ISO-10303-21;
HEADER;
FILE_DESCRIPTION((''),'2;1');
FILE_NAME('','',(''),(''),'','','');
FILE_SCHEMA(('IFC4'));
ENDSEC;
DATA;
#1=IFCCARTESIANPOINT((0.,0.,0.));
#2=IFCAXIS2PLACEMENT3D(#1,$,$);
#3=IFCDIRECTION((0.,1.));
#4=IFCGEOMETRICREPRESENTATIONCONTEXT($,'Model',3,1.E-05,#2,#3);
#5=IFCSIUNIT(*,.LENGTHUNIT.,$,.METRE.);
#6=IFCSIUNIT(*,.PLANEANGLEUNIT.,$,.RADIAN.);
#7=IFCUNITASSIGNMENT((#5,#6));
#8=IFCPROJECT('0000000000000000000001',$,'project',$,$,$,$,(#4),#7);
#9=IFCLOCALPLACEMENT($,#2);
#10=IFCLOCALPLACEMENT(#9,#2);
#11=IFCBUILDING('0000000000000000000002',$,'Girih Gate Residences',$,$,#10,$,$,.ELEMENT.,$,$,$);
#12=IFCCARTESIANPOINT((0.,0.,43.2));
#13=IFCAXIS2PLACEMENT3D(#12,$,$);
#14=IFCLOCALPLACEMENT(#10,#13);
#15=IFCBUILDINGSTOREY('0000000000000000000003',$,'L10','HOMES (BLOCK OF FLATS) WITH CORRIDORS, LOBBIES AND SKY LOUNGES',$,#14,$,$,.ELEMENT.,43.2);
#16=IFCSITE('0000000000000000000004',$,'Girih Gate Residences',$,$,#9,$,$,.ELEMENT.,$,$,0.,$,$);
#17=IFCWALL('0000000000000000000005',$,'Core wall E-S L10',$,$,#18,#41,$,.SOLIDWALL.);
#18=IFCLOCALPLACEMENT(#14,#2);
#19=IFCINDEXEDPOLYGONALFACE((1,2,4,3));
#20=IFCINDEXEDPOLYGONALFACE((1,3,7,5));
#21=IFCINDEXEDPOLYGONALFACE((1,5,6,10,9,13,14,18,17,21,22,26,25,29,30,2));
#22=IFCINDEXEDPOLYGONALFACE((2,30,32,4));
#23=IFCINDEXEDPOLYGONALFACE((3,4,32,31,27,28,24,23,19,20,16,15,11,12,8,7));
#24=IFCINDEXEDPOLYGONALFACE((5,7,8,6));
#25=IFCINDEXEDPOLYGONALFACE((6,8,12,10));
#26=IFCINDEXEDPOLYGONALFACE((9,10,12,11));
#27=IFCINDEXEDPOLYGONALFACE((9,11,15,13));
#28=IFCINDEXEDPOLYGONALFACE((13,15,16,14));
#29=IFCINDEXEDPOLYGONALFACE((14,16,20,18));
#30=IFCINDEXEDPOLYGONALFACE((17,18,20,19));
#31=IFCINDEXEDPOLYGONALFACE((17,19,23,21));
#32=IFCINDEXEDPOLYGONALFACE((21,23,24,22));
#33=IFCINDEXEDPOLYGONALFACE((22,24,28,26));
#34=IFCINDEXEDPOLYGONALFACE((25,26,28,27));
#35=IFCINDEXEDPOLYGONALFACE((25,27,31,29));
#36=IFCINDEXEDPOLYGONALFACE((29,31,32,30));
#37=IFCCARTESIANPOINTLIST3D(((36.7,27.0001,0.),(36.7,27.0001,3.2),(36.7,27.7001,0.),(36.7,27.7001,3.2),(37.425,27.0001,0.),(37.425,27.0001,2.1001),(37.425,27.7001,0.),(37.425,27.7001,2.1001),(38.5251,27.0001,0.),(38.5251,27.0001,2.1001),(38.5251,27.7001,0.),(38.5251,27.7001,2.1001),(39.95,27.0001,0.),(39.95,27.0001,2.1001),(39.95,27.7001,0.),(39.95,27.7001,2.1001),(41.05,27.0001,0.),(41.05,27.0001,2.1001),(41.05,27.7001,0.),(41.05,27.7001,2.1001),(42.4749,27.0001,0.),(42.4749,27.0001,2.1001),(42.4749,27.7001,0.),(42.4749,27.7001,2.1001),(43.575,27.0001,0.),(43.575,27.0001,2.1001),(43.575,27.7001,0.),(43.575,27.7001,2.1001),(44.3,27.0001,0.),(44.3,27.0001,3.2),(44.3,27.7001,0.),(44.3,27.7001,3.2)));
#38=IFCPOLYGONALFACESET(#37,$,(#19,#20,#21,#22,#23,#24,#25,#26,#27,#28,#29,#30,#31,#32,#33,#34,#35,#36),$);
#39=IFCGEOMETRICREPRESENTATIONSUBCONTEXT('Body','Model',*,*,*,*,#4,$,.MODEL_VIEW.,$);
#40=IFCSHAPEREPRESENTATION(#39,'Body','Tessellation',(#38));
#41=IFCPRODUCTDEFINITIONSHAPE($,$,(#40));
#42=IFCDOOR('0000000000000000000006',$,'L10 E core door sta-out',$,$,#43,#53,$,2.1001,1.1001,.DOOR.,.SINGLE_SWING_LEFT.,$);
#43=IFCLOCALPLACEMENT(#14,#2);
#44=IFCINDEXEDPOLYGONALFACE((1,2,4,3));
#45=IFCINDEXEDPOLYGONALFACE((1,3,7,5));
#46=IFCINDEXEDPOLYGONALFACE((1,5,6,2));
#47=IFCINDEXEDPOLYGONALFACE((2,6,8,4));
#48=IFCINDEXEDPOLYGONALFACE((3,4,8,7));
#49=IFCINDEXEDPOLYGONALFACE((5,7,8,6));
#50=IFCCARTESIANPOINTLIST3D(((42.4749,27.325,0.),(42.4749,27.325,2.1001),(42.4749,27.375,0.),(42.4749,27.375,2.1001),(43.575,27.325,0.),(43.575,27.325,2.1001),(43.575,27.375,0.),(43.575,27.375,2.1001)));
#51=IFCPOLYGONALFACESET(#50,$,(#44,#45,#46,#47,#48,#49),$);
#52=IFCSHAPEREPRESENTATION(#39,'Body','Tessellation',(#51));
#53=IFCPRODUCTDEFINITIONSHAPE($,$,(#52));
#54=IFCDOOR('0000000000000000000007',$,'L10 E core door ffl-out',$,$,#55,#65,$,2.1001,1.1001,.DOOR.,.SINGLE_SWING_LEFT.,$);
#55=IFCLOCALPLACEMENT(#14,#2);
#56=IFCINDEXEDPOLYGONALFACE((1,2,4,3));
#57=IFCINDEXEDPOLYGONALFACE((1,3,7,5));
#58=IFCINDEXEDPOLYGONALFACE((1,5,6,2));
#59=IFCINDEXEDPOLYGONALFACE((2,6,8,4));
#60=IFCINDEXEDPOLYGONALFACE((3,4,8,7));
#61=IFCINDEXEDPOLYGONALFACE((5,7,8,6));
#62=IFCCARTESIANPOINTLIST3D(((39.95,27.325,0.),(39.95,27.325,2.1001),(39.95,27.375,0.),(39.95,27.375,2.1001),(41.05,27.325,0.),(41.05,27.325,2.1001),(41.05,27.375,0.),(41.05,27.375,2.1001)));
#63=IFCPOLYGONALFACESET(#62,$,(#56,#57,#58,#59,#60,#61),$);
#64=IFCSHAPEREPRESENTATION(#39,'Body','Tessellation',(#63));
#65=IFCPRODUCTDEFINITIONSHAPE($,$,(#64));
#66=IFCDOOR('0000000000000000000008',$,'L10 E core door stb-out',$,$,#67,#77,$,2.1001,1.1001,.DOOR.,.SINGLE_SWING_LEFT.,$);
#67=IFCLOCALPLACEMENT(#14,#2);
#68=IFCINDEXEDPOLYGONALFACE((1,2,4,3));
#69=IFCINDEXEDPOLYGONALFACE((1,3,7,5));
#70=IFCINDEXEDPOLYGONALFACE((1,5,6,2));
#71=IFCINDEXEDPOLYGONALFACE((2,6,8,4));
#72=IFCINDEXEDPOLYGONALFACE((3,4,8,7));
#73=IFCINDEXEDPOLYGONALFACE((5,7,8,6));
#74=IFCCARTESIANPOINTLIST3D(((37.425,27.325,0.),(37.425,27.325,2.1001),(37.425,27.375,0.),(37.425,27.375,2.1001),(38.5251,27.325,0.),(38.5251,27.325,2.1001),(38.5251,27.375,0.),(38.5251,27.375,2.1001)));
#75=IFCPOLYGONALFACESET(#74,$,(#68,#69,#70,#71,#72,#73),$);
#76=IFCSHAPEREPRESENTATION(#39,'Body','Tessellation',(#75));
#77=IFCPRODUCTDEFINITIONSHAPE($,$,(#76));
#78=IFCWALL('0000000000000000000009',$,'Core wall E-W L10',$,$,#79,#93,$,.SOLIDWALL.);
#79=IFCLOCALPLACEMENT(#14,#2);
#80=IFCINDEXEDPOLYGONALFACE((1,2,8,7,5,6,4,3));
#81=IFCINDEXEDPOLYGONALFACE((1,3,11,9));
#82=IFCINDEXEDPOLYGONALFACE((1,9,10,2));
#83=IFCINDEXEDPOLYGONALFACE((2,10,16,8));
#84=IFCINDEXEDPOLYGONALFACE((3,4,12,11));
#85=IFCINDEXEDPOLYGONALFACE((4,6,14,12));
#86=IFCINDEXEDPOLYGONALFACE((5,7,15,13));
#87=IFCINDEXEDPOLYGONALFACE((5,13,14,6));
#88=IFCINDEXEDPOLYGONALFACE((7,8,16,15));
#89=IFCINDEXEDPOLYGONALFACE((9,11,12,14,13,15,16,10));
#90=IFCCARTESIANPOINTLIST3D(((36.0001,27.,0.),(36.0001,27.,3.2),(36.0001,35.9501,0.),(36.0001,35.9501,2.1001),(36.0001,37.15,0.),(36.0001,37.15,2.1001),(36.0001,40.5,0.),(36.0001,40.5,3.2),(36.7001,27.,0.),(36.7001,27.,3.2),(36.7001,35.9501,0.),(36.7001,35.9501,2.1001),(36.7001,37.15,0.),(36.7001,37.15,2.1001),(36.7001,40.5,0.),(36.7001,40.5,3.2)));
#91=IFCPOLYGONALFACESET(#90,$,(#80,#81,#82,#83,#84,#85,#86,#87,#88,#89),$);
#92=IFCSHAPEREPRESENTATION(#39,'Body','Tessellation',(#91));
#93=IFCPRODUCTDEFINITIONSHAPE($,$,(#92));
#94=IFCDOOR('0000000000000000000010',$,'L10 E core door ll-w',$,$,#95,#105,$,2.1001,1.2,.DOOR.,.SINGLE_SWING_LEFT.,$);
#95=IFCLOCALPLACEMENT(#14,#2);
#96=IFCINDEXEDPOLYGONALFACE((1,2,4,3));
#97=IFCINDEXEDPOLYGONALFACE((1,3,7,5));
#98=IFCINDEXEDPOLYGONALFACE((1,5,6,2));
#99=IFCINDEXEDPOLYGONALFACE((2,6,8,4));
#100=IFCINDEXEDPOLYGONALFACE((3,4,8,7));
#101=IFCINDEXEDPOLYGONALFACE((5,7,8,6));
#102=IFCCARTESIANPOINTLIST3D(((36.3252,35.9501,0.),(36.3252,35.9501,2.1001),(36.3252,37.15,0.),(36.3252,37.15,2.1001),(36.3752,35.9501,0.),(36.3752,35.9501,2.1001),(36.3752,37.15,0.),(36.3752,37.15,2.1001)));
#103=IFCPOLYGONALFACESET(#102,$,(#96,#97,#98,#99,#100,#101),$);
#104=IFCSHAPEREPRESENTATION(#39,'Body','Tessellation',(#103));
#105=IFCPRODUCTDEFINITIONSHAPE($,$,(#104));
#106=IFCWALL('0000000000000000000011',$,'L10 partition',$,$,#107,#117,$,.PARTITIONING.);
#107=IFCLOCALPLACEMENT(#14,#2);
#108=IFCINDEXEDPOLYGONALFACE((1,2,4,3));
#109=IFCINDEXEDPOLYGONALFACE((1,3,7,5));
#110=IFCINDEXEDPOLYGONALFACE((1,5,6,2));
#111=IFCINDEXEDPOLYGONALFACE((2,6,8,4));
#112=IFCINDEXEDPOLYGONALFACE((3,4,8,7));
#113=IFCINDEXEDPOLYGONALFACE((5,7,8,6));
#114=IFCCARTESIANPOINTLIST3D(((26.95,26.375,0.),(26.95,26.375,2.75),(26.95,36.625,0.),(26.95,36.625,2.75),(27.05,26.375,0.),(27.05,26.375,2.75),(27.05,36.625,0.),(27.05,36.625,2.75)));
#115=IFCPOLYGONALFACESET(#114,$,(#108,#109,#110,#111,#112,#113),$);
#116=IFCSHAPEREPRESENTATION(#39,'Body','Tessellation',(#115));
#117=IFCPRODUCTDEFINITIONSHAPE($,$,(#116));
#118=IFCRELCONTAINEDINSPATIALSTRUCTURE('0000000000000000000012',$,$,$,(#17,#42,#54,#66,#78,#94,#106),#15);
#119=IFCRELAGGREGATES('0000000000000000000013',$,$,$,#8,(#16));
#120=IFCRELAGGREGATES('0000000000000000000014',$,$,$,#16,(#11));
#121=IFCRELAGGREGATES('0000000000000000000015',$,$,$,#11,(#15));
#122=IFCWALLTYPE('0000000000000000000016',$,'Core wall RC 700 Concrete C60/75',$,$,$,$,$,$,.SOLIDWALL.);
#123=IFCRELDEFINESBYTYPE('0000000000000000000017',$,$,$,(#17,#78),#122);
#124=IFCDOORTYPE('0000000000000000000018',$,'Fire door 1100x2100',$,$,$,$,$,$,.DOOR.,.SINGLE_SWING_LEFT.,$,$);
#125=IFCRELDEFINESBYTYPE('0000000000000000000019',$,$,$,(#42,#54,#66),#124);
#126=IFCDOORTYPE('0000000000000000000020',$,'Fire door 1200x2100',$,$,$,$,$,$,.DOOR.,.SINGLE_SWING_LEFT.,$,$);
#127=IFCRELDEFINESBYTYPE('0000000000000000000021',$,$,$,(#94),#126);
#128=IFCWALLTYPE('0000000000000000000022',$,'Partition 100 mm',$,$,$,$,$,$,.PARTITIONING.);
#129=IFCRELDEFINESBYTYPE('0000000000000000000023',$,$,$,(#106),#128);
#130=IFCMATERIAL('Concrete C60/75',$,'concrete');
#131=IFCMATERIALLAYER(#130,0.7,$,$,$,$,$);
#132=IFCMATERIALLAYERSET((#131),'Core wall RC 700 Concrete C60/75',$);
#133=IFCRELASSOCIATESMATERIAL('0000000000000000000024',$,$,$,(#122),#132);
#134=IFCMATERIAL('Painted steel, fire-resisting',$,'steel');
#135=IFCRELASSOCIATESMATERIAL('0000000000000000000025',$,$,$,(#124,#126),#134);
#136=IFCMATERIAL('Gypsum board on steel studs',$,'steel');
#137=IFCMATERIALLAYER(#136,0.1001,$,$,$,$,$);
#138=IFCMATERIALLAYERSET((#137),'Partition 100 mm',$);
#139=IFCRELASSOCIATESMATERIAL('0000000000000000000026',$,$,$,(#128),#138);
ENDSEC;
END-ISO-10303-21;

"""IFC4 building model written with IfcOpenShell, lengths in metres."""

from ifc_helpers import new_model, si_unit, direction, frame, frame_2d, origin, place, context, subcontext, project, spatial, rectangle, extrude, material, layer, layer_set, type_object, element, fill, save


model = new_model("IFC4")

# Units and contexts
model_context = context("Model", 3, precision=1e-05, world=origin(), true_north=direction((0.0, 1.0)))
body_context = subcontext(model_context, "Body", "Model", "MODEL_VIEW")
ifc_project = project(units=[si_unit("LENGTHUNIT", "METRE"), si_unit("PLANEANGLEUNIT", "RADIAN")], contexts=[model_context])

# Site, building, storey
site_placement = place(None, origin())
site = spatial("IfcSite", under=ifc_project, at=site_placement, Name="Girih Gate Residences", CompositionType="ELEMENT", RefElevation=0.0)
building_placement = place(site_placement, origin())
building = spatial("IfcBuilding", under=site, at=building_placement, Name="Girih Gate Residences", CompositionType="ELEMENT")
storey_placement = place(building_placement, frame((0.0, 0.0, 43.2)))
storey = spatial("IfcBuildingStorey", under=building, at=storey_placement, Name="L10", Description="HOMES (BLOCK OF FLATS) WITH CORRIDORS, LOBBIES AND SKY LOUNGES", CompositionType="ELEMENT", Elevation=43.2)

# Shared definitions
ifc_material_1 = material(Name="Concrete C60/75", Category="concrete")

# Shared definitions
ifc_material_2 = material(Name="Gypsum board on steel studs", Category="steel")

# Wall, openings, doors
ifc_layer_1 = layer(ifc_material_1, 0.7)
ifc_layer_set_1 = layer_set([ifc_layer_1], Name="Core wall RC 700 Concrete C60/75")
wall_type_1 = type_object("IfcWallType", Name="Core wall RC 700 Concrete C60/75", PredefinedType="SOLIDWALL", material=ifc_layer_set_1)
wall_1_placement = place(storey_placement, frame((36.7, 27.3501, 0.0), z_axis=(0.0, 0.0, 1.0), x_axis=(1.0, 0.0, 0.0)))
wall_1 = element("IfcWall", 1, at=wall_1_placement, inside=storey, type_object=wall_type_1, Name="Core wall E-S L10", PredefinedType="SOLIDWALL", context=body_context, shape_type="SweptSolid", body=[
    extrude(rectangle(XDim=7.6001, YDim=0.7, at=frame_2d((3.8, 0.0))), origin(), (0.0, 0.0, 1.0), 3.2),
])
opening_1_placement = place(wall_1_placement, frame((5.7749, 0.0, 0.0)))
opening_1 = element("IfcOpeningElement", 2, at=opening_1_placement, cuts=wall_1, PredefinedType="OPENING", context=body_context, shape_type="SweptSolid", body=[
    extrude(rectangle(XDim=1.1001, YDim=2.1001, at=frame_2d((0.55, 1.05))), frame((0.0, 0.3599, 0.0), z_axis=(0.0, -1.0, 0.0), x_axis=(1.0, 0.0, 0.0)), (0.0, 0.0, 1.0), 0.72),
])
opening_2_placement = place(wall_1_placement, frame((3.25, 0.0, 0.0)))
opening_2 = element("IfcOpeningElement", 3, at=opening_2_placement, cuts=wall_1, PredefinedType="OPENING", context=body_context, shape_type="SweptSolid", body=[
    extrude(rectangle(XDim=1.1001, YDim=2.1001, at=frame_2d((0.55, 1.05))), frame((0.0, 0.3599, 0.0), z_axis=(0.0, -1.0, 0.0), x_axis=(1.0, 0.0, 0.0)), (0.0, 0.0, 1.0), 0.72),
])
opening_3_placement = place(wall_1_placement, frame((0.7251, 0.0, 0.0)))
opening_3 = element("IfcOpeningElement", 4, at=opening_3_placement, cuts=wall_1, PredefinedType="OPENING", context=body_context, shape_type="SweptSolid", body=[
    extrude(rectangle(XDim=1.1001, YDim=2.1001, at=frame_2d((0.55, 1.05))), frame((0.0, 0.3599, 0.0), z_axis=(0.0, -1.0, 0.0), x_axis=(1.0, 0.0, 0.0)), (0.0, 0.0, 1.0), 0.72),
])
ifc_material_3 = material(Name="Painted steel, fire-resisting", Category="steel")
door_type_1 = type_object("IfcDoorType", Name="Fire door 1100x2100", OperationType="SINGLE_SWING_LEFT", PredefinedType="DOOR", material=ifc_material_3)
door_1_placement = place(opening_1_placement, origin())
door_1 = element("IfcDoor", 5, at=door_1_placement, inside=storey, type_object=door_type_1, Name="L10 E core door sta-out", OperationType="SINGLE_SWING_LEFT", OverallHeight=2.1001, OverallWidth=1.1001, PredefinedType="DOOR", context=body_context, shape_type="SweptSolid", body=[
    extrude(rectangle(XDim=1.1001, YDim=2.1001, at=frame_2d((0.55, 1.05))), frame((0.0, 0.0249, 0.0), z_axis=(0.0, -1.0, 0.0), x_axis=(1.0, 0.0, 0.0)), (0.0, 0.0, 1.0), 0.05),
])
fill(opening_1, door_1)
door_2_placement = place(opening_2_placement, origin())
door_2 = element("IfcDoor", 6, at=door_2_placement, inside=storey, type_object=door_type_1, Name="L10 E core door ffl-out", OperationType="SINGLE_SWING_LEFT", OverallHeight=2.1001, OverallWidth=1.1001, PredefinedType="DOOR", context=body_context, shape_type="SweptSolid", body=[
    extrude(rectangle(XDim=1.1001, YDim=2.1001, at=frame_2d((0.55, 1.05))), frame((0.0, 0.0249, 0.0), z_axis=(0.0, -1.0, 0.0), x_axis=(1.0, 0.0, 0.0)), (0.0, 0.0, 1.0), 0.05),
])
fill(opening_2, door_2)
door_3_placement = place(opening_3_placement, origin())
door_3 = element("IfcDoor", 7, at=door_3_placement, inside=storey, type_object=door_type_1, Name="L10 E core door stb-out", OperationType="SINGLE_SWING_LEFT", OverallHeight=2.1001, OverallWidth=1.1001, PredefinedType="DOOR", context=body_context, shape_type="SweptSolid", body=[
    extrude(rectangle(XDim=1.1001, YDim=2.1001, at=frame_2d((0.55, 1.05))), frame((0.0, 0.0249, 0.0), z_axis=(0.0, -1.0, 0.0), x_axis=(1.0, 0.0, 0.0)), (0.0, 0.0, 1.0), 0.05),
])
fill(opening_3, door_3)

# Wall, opening, door
wall_2_placement = place(storey_placement, frame((36.3501, 27.0, 0.0), z_axis=(0.0, 0.0, 1.0), x_axis=(0.0, 1.0, 0.0)))
wall_2 = element("IfcWall", 8, at=wall_2_placement, inside=storey, type_object=wall_type_1, Name="Core wall E-W L10", PredefinedType="SOLIDWALL", context=body_context, shape_type="SweptSolid", body=[
    extrude(rectangle(XDim=13.5, YDim=0.7, at=frame_2d((6.75, 0.0))), origin(), (0.0, 0.0, 1.0), 3.2),
])
opening_4_placement = place(wall_2_placement, frame((8.95, 0.0, 0.0)))
opening_4 = element("IfcOpeningElement", 9, at=opening_4_placement, cuts=wall_2, PredefinedType="OPENING", context=body_context, shape_type="SweptSolid", body=[
    extrude(rectangle(XDim=1.2, YDim=2.1001, at=frame_2d((0.6001, 1.05))), frame((0.0, 0.3599, 0.0), z_axis=(0.0, -1.0, 0.0), x_axis=(1.0, 0.0, 0.0)), (0.0, 0.0, 1.0), 0.72),
])
door_type_2 = type_object("IfcDoorType", Name="Fire door 1200x2100", OperationType="SINGLE_SWING_LEFT", PredefinedType="DOOR", material=ifc_material_3)
door_4_placement = place(opening_4_placement, origin())
door_4 = element("IfcDoor", 10, at=door_4_placement, inside=storey, type_object=door_type_2, Name="L10 E core door ll-w", OperationType="SINGLE_SWING_LEFT", OverallHeight=2.1001, OverallWidth=1.2, PredefinedType="DOOR", context=body_context, shape_type="SweptSolid", body=[
    extrude(rectangle(XDim=1.2, YDim=2.1001, at=frame_2d((0.6001, 1.05))), frame((0.0, 0.0249, 0.0), z_axis=(0.0, -1.0, 0.0), x_axis=(1.0, 0.0, 0.0)), (0.0, 0.0, 1.0), 0.05),
])
fill(opening_4, door_4)

# Wall
ifc_layer_2 = layer(ifc_material_2, 0.1001)
ifc_layer_set_2 = layer_set([ifc_layer_2], Name="Partition 100 mm")
wall_type_2 = type_object("IfcWallType", Name="Partition 100 mm", PredefinedType="PARTITIONING", material=ifc_layer_set_2)
wall_3_placement = place(storey_placement, frame((27.0, 26.375, 0.0), z_axis=(0.0, 0.0, 1.0), x_axis=(0.0, 1.0, 0.0)))
element("IfcWall", 11, at=wall_3_placement, inside=storey, type_object=wall_type_2, Name="L10 partition", PredefinedType="PARTITIONING", context=body_context, shape_type="SweptSolid", body=[
    extrude(rectangle(XDim=10.25, YDim=0.1001, at=frame_2d((5.125, 0.0))), origin(), (0.0, 0.0, 1.0), 2.75),
])

save(model, "model.ifc")
